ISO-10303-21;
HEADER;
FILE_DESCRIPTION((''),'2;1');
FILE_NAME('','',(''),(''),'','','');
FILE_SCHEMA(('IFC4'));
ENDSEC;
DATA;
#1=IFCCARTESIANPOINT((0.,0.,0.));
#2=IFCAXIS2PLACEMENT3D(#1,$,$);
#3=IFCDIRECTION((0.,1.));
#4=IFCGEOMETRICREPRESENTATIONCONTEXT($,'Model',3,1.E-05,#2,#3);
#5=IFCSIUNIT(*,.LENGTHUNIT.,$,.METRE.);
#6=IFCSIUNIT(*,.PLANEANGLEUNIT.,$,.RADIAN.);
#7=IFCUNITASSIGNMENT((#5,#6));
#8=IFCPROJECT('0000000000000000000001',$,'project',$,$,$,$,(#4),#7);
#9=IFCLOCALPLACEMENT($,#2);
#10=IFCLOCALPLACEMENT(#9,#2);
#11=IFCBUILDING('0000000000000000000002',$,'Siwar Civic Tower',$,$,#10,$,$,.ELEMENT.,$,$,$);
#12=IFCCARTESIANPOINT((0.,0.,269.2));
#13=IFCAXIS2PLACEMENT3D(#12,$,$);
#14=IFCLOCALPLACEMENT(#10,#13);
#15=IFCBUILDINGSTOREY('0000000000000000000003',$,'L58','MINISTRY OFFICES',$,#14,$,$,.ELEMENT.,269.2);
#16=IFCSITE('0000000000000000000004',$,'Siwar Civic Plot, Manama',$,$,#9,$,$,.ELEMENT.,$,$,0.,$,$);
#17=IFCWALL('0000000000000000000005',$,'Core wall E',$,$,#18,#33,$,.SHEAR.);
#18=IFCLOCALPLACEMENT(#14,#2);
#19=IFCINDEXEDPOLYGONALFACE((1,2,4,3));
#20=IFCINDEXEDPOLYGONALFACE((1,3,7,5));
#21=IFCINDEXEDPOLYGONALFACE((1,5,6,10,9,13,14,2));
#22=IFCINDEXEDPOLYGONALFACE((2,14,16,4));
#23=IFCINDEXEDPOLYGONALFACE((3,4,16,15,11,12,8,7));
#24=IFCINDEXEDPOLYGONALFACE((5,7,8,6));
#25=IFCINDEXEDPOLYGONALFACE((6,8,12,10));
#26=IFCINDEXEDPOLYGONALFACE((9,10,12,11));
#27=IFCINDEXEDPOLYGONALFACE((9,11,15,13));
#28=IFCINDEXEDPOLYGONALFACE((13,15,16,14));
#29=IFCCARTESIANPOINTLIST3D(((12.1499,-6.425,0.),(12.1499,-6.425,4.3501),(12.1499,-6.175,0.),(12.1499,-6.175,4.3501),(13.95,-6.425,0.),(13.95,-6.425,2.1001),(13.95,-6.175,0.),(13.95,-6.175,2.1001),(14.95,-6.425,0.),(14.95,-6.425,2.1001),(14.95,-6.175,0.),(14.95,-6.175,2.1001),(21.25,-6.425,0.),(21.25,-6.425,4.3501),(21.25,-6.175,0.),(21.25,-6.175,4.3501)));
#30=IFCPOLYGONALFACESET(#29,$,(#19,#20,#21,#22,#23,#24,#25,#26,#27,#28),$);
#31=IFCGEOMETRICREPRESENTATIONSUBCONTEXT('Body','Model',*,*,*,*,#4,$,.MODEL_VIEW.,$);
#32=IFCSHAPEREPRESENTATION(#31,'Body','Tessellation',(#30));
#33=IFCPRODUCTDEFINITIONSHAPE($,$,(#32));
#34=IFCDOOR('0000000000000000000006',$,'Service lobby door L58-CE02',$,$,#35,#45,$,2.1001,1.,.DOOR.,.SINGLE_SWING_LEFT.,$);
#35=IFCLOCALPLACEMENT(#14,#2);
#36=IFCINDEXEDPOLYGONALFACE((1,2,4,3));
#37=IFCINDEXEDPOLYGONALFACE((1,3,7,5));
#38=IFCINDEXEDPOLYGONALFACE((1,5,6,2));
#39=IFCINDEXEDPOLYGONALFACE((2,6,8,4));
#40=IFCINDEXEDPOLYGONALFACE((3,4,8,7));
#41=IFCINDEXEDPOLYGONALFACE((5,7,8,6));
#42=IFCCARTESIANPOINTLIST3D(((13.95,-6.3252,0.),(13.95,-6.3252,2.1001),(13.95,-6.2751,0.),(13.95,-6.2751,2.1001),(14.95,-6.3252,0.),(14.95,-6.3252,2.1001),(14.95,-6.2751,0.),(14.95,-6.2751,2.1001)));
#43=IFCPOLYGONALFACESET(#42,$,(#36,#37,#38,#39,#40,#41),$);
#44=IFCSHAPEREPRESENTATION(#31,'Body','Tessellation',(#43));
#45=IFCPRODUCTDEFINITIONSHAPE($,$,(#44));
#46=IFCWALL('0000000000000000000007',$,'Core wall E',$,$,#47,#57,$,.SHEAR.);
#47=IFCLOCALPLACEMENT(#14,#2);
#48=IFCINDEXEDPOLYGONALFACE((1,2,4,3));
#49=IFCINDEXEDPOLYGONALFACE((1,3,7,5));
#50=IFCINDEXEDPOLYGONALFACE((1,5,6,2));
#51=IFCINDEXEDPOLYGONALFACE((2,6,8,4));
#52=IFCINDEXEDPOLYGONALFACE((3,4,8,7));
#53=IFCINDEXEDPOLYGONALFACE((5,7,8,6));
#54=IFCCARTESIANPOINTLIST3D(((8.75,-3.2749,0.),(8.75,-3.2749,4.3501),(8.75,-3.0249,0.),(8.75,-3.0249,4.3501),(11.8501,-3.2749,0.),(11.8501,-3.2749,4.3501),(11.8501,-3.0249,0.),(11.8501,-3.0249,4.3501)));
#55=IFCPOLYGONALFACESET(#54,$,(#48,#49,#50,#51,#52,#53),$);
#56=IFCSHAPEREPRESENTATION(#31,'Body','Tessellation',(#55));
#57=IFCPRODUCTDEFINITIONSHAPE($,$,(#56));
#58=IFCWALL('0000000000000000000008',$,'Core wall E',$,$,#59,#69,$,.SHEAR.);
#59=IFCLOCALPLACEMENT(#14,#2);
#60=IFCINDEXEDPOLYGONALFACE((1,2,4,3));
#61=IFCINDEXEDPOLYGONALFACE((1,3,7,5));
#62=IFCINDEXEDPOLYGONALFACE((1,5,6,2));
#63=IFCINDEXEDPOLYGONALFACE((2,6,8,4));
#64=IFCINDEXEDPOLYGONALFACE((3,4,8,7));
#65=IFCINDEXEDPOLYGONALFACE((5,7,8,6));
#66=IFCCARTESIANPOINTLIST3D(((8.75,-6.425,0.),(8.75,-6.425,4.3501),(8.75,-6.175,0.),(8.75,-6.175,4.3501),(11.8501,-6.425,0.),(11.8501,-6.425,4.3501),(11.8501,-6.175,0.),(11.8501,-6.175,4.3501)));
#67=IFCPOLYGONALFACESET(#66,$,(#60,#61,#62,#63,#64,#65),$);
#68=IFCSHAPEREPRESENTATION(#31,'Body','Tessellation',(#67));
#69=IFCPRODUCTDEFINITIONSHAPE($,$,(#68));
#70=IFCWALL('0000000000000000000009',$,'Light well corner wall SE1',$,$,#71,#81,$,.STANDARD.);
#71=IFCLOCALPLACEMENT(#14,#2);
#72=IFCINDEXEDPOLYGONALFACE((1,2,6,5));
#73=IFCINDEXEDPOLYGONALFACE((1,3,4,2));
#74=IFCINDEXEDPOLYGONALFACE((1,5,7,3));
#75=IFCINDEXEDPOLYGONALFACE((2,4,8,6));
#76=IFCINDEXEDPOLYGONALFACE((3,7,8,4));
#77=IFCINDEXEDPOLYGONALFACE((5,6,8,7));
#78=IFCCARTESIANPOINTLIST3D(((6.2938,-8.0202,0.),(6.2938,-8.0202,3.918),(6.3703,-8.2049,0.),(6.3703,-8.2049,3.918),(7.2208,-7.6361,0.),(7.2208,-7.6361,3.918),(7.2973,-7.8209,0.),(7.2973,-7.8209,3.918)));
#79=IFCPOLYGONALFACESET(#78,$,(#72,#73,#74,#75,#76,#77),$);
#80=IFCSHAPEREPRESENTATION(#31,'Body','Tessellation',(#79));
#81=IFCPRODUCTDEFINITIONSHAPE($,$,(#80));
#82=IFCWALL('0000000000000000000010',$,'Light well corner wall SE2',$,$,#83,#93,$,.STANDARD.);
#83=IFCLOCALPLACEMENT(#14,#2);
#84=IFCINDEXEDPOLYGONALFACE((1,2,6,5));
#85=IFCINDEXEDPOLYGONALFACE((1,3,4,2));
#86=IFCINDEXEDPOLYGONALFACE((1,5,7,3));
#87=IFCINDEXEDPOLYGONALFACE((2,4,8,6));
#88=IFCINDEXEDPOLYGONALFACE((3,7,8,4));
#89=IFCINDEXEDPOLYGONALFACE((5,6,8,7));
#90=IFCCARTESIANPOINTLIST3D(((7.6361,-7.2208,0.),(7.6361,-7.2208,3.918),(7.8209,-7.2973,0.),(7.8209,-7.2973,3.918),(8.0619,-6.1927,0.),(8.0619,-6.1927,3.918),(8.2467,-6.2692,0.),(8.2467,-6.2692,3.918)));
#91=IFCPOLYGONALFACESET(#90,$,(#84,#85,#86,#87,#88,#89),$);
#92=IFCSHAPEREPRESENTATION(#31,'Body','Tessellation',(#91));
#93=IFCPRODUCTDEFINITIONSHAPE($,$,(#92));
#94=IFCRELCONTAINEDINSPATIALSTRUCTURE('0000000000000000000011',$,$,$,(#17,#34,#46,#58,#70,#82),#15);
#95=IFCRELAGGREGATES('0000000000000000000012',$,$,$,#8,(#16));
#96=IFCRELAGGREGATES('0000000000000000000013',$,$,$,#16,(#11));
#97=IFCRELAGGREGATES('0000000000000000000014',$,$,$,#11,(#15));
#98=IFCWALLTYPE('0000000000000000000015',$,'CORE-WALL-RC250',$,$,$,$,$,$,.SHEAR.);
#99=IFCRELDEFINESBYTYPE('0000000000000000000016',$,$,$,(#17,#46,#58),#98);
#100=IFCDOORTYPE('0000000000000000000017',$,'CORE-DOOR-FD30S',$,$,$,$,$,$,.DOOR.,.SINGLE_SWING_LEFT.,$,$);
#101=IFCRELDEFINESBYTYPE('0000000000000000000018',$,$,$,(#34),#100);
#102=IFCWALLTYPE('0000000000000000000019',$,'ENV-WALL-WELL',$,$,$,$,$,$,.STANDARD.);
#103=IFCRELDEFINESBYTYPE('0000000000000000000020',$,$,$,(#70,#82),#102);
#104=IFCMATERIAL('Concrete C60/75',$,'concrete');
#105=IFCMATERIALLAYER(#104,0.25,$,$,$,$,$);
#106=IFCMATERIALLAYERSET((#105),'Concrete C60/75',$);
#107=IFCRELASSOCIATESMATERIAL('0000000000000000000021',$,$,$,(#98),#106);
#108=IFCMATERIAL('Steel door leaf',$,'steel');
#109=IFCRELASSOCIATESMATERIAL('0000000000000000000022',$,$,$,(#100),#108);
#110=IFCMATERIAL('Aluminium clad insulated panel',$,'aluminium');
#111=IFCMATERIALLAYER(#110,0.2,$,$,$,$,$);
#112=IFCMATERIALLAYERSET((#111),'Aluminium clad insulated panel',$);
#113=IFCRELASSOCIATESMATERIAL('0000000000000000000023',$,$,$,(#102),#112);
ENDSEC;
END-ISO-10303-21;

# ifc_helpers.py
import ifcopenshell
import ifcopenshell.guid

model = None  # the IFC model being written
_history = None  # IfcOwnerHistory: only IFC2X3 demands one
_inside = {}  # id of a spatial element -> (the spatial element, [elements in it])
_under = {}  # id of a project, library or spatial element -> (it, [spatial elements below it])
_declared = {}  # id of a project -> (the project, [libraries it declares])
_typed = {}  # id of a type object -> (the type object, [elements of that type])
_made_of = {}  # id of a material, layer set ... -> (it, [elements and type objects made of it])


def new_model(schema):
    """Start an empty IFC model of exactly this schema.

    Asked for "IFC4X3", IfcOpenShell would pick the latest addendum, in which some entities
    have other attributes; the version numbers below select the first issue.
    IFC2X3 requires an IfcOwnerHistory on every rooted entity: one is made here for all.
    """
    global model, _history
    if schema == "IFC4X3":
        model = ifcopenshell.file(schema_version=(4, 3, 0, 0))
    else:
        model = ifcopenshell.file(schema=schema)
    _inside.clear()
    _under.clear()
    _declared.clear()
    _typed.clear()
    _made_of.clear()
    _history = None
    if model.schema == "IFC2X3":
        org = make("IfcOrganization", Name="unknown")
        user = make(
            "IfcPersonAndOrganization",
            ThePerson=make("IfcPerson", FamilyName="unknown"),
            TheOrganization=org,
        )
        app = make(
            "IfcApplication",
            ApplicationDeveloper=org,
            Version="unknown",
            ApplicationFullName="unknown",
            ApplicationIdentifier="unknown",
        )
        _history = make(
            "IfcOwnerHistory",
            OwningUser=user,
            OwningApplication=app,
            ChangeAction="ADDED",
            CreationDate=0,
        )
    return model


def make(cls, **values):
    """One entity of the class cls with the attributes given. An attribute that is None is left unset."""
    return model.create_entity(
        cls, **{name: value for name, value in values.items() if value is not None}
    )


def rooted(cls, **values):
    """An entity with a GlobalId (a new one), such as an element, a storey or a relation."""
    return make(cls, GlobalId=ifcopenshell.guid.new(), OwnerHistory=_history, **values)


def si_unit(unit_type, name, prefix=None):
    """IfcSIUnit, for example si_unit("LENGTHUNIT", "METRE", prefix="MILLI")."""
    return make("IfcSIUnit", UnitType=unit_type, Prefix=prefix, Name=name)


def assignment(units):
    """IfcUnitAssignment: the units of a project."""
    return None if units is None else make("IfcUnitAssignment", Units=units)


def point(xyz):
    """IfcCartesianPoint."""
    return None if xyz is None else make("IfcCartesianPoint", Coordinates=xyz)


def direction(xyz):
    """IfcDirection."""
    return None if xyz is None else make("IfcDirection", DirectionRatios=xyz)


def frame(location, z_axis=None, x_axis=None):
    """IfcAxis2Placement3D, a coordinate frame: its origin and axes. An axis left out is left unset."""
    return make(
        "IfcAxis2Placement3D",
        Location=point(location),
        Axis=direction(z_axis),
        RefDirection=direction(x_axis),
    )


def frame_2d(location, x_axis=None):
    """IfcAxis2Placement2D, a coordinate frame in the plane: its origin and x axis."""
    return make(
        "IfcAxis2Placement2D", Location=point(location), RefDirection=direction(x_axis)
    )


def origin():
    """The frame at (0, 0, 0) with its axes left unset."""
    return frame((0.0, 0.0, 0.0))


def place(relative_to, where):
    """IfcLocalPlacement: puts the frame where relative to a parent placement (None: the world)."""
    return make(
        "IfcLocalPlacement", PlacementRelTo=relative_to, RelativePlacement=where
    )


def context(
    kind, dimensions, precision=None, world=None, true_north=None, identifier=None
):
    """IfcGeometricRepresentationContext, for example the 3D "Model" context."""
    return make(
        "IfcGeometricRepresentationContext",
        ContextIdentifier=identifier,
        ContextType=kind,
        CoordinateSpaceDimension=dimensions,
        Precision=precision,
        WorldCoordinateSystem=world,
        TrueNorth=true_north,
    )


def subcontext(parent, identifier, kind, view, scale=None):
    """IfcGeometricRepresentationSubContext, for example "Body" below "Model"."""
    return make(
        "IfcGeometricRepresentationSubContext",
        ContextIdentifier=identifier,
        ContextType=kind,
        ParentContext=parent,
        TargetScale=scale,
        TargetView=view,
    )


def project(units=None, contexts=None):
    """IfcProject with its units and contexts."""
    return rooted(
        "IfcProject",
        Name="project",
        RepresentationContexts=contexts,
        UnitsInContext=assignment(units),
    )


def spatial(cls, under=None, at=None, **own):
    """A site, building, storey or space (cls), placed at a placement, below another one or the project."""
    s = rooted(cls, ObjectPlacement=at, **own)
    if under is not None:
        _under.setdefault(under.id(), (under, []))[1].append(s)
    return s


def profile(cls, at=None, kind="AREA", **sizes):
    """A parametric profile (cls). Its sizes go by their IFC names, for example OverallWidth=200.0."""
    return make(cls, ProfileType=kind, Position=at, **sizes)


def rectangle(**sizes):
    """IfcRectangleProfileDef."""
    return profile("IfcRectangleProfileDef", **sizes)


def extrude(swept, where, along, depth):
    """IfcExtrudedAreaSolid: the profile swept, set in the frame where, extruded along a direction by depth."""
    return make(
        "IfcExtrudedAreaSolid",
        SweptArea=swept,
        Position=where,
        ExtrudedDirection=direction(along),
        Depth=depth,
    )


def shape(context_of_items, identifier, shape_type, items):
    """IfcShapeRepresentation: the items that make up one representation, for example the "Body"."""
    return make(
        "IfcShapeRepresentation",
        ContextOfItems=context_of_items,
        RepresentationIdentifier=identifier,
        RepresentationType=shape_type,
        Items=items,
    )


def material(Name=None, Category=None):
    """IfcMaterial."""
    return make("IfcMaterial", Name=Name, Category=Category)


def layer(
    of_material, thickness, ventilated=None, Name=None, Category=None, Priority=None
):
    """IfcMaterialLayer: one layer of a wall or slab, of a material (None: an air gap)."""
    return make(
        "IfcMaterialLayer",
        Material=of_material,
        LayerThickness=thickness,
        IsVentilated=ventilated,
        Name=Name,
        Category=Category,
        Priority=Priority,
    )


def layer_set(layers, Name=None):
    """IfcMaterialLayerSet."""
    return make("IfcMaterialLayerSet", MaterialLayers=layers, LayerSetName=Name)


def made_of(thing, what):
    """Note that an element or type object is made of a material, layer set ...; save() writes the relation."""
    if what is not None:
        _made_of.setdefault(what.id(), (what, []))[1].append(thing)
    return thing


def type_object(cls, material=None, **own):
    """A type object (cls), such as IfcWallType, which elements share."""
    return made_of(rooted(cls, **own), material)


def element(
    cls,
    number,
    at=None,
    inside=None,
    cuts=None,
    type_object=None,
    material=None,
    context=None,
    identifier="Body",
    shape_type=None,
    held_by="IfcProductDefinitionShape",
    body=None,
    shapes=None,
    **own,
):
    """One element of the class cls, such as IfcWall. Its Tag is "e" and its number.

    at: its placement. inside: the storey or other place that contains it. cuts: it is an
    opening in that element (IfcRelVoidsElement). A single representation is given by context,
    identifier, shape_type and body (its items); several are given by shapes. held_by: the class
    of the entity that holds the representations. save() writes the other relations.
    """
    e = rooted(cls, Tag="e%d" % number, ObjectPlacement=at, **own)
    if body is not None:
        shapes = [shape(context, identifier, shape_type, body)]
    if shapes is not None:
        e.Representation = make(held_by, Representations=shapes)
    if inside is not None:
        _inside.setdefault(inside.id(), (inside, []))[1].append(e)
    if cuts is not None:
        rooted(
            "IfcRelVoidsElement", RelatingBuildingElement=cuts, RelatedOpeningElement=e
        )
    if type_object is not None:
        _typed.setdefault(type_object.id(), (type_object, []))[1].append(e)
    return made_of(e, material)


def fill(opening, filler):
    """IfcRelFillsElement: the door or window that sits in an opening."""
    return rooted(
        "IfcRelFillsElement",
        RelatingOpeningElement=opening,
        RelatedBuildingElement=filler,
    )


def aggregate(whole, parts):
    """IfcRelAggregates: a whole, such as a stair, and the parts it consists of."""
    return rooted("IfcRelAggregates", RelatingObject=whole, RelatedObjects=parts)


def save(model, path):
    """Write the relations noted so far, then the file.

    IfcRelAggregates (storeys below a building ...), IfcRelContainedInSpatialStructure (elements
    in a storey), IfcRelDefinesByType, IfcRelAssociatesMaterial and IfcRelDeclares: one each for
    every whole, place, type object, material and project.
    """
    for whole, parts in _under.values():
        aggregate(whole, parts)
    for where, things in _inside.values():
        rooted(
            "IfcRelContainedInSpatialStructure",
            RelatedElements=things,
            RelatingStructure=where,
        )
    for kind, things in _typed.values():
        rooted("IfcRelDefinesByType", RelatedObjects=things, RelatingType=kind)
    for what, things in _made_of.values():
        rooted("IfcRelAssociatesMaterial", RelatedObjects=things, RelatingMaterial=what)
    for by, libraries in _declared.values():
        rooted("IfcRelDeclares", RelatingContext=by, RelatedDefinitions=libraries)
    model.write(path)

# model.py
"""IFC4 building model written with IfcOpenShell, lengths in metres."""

from ifc_helpers import new_model, si_unit, direction, frame, frame_2d, origin, place, context, subcontext, project, spatial, rectangle, extrude, material, layer, layer_set, type_object, element, fill, save


model = new_model("IFC4")

# Units and contexts
model_context = context("Model", 3, precision=1e-05, world=origin(), true_north=direction((0.0, 1.0)))
body_context = subcontext(model_context, "Body", "Model", "MODEL_VIEW")
ifc_project = project(units=[si_unit("LENGTHUNIT", "METRE"), si_unit("PLANEANGLEUNIT", "RADIAN")], contexts=[model_context])

# Site, building, storey
site_placement = place(None, origin())
site = spatial("IfcSite", under=ifc_project, at=site_placement, Name="Siwar Civic Plot, Manama", CompositionType="ELEMENT", RefElevation=0.0)
building_placement = place(site_placement, origin())
building = spatial("IfcBuilding", under=site, at=building_placement, Name="Siwar Civic Tower", CompositionType="ELEMENT")
storey_placement = place(building_placement, frame((0.0, 0.0, 269.2)))
storey = spatial("IfcBuildingStorey", under=building, at=storey_placement, Name="L58", Description="MINISTRY OFFICES", CompositionType="ELEMENT", Elevation=269.2)

# Wall, opening, door
ifc_material_1 = material(Name="Concrete C60/75", Category="concrete")
ifc_layer_1 = layer(ifc_material_1, 0.25)
ifc_layer_set_1 = layer_set([ifc_layer_1], Name="Concrete C60/75")
wall_type_1 = type_object("IfcWallType", Name="CORE-WALL-RC250", PredefinedType="SHEAR", material=ifc_layer_set_1)
wall_1_placement = place(storey_placement, frame((12.1499, -6.3, 0.0), z_axis=(0.0, 0.0, 1.0), x_axis=(1.0, 0.0, 0.0)))
wall_1 = element("IfcWall", 1, at=wall_1_placement, inside=storey, type_object=wall_type_1, Name="Core wall E", PredefinedType="SHEAR", context=body_context, shape_type="SweptSolid", body=[
    extrude(rectangle(XDim=9.1001, YDim=0.25, at=frame_2d((4.55, 0.0))), origin(), (0.0, 0.0, 1.0), 4.3501),
])
opening_placement = place(wall_1_placement, frame((1.8, 0.0, 0.0)))
opening = element("IfcOpeningElement", 2, at=opening_placement, cuts=wall_1, PredefinedType="OPENING", context=body_context, shape_type="SweptSolid", body=[
    extrude(rectangle(XDim=1.0, YDim=2.1001, at=frame_2d((0.5, 1.05))), frame((0.0, 0.135, 0.0), z_axis=(0.0, -1.0, 0.0), x_axis=(1.0, 0.0, 0.0)), (0.0, 0.0, 1.0), 0.27),
])
ifc_material_2 = material(Name="Steel door leaf", Category="steel")
door_type = type_object("IfcDoorType", Name="CORE-DOOR-FD30S", OperationType="SINGLE_SWING_LEFT", PredefinedType="DOOR", material=ifc_material_2)
door_placement = place(opening_placement, origin())
door = element("IfcDoor", 3, at=door_placement, inside=storey, type_object=door_type, Name="Service lobby door L58-CE02", OperationType="SINGLE_SWING_LEFT", OverallHeight=2.1001, OverallWidth=1.0, PredefinedType="DOOR", context=body_context, shape_type="SweptSolid", body=[
    extrude(rectangle(XDim=1.0, YDim=2.1001, at=frame_2d((0.5, 1.05))), frame((0.0, 0.0249, 0.0), z_axis=(0.0, -1.0, 0.0), x_axis=(1.0, 0.0, 0.0)), (0.0, 0.0, 1.0), 0.05),
])
fill(opening, door)

# Walls
for number, where, z_axis, x_axis, name in (
    (4, (8.75, -3.1499, 0.0), (0.0, 0.0, 1.0), (1.0, 0.0, 0.0), "Core wall E"),
    (5, (8.75, -6.3, 0.0), (0.0, 0.0, 1.0), (1.0, 0.0, 0.0), "Core wall E"),
):
    element("IfcWall", number, at=place(storey_placement, frame(where, z_axis=z_axis, x_axis=x_axis)), inside=storey, type_object=wall_type_1, Name=name, PredefinedType="SHEAR", context=body_context, shape_type="SweptSolid", body=[
        extrude(rectangle(XDim=3.1001, YDim=0.25, at=frame_2d((1.55, 0.0))), origin(), (0.0, 0.0, 1.0), 4.3501),
    ])
ifc_material_3 = material(Name="Aluminium clad insulated panel", Category="aluminium")
ifc_layer_2 = layer(ifc_material_3, 0.2)
ifc_layer_set_2 = layer_set([ifc_layer_2], Name="Aluminium clad insulated panel")
wall_type_2 = type_object("IfcWallType", Name="ENV-WALL-WELL", PredefinedType="STANDARD", material=ifc_layer_set_2)
wall_2_placement = place(storey_placement, frame((6.332, -8.1125, 0.0), z_axis=(0.0, 0.0, 1.0), x_axis=(0.92386, 0.382731, 0.0)))
element("IfcWall", 6, at=wall_2_placement, inside=storey, type_object=wall_type_2, Name="Light well corner wall SE1", PredefinedType="STANDARD", context=body_context, shape_type="SweptSolid", body=[
    extrude(rectangle(XDim=1.0034, YDim=0.2, at=frame_2d((0.5017, 0.0))), origin(), (0.0, 0.0, 1.0), 3.918),
])
wall_3_placement = place(storey_placement, frame((7.7285, -7.259, 0.0), z_axis=(0.0, 0.0, 1.0), x_axis=(0.382636, 0.923899, 0.0)))
element("IfcWall", 7, at=wall_3_placement, inside=storey, type_object=wall_type_2, Name="Light well corner wall SE2", PredefinedType="STANDARD", context=body_context, shape_type="SweptSolid", body=[
    extrude(rectangle(XDim=1.1128, YDim=0.2, at=frame_2d((0.5564, 0.0))), origin(), (0.0, 0.0, 1.0), 3.918),
])

save(model, "model.ifc")
